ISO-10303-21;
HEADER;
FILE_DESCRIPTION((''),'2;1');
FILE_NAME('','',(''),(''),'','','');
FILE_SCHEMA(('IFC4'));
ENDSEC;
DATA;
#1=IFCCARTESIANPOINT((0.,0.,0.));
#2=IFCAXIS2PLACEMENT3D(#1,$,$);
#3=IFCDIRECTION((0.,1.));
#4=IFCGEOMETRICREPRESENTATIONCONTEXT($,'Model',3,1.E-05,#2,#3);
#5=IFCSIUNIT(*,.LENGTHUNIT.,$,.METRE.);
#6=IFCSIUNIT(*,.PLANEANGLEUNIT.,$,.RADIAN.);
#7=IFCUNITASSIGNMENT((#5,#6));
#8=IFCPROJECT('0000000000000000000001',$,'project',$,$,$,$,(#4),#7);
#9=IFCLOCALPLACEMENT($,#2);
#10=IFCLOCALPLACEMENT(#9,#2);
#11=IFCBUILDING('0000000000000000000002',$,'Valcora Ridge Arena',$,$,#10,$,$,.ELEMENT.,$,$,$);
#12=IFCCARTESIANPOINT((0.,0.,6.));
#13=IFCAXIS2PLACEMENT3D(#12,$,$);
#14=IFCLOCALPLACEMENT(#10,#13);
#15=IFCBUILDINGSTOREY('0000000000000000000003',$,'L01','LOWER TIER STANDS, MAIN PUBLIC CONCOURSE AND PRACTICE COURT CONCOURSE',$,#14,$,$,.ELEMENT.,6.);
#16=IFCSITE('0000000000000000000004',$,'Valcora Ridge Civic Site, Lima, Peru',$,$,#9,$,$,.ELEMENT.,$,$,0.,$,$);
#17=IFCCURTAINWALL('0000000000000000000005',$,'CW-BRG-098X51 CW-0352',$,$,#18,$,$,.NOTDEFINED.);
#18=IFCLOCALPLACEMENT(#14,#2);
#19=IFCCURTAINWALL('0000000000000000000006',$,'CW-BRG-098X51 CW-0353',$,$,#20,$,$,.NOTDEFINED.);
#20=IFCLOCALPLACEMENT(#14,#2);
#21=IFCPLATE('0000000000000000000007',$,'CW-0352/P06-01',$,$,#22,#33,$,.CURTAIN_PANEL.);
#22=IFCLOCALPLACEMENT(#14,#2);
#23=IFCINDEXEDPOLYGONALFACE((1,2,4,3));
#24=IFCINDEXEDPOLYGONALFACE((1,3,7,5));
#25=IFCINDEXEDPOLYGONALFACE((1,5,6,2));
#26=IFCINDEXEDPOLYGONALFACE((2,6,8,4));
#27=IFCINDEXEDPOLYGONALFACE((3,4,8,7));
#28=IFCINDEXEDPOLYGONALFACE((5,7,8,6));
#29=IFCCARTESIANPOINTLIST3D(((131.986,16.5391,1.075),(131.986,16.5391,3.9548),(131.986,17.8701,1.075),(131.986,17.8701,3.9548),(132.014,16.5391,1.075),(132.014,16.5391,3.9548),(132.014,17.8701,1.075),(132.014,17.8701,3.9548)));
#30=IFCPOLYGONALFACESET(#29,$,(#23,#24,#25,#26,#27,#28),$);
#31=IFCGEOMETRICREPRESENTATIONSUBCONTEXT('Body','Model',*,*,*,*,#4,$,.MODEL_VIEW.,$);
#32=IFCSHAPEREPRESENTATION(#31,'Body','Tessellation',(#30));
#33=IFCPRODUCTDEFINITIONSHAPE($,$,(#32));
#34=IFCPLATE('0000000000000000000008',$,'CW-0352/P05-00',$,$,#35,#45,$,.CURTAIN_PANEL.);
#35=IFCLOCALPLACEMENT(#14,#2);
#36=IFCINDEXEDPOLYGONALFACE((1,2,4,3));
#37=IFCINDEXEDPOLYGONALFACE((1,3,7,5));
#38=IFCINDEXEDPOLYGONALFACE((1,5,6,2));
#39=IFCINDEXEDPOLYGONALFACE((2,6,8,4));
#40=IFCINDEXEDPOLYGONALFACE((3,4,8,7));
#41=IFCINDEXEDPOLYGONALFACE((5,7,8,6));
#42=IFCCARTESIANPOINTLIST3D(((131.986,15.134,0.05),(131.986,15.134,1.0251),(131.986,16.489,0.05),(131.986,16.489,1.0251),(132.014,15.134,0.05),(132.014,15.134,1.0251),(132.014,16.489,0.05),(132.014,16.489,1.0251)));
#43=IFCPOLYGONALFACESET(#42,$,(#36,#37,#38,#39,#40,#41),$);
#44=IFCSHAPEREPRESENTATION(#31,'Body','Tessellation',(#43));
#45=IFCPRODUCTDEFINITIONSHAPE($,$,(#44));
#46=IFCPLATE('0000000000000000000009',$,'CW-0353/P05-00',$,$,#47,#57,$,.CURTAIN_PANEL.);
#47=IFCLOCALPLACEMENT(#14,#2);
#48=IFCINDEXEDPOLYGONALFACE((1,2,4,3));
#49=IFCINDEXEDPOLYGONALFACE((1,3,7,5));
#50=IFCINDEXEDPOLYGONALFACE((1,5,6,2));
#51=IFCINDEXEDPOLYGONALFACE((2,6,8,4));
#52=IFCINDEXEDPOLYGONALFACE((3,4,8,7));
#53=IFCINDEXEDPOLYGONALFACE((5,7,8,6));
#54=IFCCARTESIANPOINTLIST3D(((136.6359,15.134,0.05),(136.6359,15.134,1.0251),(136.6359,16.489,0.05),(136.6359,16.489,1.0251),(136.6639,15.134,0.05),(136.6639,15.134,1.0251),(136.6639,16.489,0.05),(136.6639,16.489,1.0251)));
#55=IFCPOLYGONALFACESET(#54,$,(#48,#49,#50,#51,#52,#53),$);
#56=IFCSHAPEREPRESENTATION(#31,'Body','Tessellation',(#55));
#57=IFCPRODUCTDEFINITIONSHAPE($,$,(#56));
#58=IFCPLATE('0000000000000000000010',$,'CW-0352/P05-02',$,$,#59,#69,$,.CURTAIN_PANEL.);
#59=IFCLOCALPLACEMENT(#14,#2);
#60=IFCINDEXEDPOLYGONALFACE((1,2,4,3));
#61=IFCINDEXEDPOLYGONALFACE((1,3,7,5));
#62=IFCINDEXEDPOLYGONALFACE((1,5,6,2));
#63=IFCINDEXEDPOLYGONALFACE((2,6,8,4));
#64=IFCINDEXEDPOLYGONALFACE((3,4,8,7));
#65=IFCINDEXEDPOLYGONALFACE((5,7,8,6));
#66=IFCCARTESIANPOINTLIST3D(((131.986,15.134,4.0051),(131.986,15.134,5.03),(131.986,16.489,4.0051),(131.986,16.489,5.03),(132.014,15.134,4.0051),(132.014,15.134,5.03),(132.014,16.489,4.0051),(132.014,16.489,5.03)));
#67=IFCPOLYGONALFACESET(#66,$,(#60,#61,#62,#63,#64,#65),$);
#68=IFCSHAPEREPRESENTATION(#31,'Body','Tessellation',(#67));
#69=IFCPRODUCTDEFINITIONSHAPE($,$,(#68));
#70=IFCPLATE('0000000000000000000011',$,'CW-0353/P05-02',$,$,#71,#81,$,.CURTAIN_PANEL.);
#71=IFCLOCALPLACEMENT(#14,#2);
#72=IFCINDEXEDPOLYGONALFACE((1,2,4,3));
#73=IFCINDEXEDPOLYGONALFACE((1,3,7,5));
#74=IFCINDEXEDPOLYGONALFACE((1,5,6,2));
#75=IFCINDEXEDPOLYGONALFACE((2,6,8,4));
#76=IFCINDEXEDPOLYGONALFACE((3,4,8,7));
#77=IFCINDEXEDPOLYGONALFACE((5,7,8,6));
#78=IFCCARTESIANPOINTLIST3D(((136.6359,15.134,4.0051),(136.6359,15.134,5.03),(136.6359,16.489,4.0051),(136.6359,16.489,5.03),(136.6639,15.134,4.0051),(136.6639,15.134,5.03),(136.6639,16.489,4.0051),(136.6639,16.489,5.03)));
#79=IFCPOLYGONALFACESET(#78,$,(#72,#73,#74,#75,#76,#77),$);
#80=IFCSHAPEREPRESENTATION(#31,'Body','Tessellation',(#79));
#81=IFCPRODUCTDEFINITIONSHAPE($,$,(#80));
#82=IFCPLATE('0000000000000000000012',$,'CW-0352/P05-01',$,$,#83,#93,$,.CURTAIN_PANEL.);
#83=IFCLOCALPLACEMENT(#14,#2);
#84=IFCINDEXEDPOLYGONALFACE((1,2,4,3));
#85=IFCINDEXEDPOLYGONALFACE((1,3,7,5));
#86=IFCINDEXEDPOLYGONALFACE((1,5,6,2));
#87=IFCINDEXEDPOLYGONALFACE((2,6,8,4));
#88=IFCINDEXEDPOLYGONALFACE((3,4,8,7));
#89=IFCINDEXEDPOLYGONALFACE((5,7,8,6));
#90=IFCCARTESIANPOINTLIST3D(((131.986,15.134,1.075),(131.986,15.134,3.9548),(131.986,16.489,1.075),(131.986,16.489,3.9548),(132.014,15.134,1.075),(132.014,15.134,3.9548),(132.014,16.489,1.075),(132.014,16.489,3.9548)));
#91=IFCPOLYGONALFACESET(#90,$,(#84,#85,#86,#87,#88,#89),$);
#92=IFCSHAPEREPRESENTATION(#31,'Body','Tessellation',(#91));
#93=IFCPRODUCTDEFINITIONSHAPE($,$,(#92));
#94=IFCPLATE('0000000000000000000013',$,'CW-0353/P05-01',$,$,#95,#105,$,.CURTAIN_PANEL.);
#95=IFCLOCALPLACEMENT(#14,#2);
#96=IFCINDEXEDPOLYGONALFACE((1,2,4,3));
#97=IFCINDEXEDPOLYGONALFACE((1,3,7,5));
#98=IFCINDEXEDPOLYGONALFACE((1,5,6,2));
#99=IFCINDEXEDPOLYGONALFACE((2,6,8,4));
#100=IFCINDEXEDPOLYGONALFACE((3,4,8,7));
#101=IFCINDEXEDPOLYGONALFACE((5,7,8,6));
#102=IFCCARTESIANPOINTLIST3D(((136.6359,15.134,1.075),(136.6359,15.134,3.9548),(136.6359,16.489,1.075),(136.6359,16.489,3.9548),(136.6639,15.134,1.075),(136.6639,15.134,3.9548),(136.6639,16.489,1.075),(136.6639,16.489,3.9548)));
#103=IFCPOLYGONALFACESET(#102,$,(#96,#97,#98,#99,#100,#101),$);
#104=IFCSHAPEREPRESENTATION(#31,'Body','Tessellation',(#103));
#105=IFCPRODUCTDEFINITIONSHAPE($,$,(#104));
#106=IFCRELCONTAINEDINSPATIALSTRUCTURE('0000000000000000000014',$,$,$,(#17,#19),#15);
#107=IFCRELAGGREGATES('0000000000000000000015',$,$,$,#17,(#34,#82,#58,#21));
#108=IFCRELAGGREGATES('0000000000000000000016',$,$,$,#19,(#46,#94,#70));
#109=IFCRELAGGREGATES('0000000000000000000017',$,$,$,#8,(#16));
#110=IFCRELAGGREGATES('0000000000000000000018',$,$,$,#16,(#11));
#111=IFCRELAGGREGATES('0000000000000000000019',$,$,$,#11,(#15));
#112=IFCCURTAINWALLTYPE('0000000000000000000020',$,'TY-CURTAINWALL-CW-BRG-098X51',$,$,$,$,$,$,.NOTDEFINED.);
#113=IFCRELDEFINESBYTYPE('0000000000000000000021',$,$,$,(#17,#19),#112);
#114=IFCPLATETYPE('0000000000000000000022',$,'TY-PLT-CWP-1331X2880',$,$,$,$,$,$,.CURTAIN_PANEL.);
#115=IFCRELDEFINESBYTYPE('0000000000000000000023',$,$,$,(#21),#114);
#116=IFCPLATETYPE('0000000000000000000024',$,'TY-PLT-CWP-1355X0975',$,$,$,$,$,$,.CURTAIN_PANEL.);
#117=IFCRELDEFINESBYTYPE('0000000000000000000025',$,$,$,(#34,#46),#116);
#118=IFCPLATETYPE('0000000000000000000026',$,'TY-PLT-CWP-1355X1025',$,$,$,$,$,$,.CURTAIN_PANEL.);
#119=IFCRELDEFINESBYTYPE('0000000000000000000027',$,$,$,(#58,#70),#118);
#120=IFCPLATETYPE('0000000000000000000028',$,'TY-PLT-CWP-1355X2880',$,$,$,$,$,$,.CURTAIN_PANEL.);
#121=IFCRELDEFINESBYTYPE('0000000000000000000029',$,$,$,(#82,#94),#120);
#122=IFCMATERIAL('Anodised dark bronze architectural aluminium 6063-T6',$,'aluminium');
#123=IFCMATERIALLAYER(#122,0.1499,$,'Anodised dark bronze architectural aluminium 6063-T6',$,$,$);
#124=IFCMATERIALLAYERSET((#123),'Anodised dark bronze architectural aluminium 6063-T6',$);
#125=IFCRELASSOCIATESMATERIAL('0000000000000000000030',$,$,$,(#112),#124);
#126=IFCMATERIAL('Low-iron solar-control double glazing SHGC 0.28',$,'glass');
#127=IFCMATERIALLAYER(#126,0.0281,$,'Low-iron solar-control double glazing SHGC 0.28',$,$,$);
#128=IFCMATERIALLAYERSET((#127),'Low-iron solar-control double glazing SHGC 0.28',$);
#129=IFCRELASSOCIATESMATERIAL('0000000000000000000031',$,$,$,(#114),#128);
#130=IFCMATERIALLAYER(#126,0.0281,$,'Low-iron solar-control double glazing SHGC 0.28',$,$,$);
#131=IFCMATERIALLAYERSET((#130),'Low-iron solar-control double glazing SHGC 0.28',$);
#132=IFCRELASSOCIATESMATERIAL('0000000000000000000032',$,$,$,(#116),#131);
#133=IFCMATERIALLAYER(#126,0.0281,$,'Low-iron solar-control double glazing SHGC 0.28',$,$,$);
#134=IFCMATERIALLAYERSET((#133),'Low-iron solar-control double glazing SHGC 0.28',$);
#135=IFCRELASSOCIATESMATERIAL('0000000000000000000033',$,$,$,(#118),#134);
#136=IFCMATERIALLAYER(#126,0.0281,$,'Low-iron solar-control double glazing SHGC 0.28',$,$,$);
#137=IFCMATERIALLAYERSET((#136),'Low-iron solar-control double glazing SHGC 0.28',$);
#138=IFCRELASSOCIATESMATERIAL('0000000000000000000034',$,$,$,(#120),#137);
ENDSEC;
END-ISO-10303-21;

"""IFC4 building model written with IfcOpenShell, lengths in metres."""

from ifc_helpers import new_model, si_unit, direction, frame, origin, origin_2d, place, context, subcontext, project, spatial, rectangle, extrude, material, layer, layer_set, type_object, element, aggregate, save


model = new_model("IFC4")

# Units and contexts
model_context = context("Model", 3, precision=1e-05, world=origin(), true_north=direction((0.0, 1.0)))
body_context = subcontext(model_context, "Body", "Model", "MODEL_VIEW")
ifc_project = project(units=[si_unit("LENGTHUNIT", "METRE"), si_unit("PLANEANGLEUNIT", "RADIAN")], contexts=[model_context])

# Site, building, storey
site_placement = place(None, origin())
site = spatial("IfcSite", under=ifc_project, at=site_placement, Name="Valcora Ridge Civic Site, Lima, Peru", CompositionType="ELEMENT", RefElevation=0.0)
building_placement = place(site_placement, origin())
building = spatial("IfcBuilding", under=site, at=building_placement, Name="Valcora Ridge Arena", CompositionType="ELEMENT")
storey_placement = place(building_placement, frame((0.0, 0.0, 6.0)))
storey = spatial("IfcBuildingStorey", under=building, at=storey_placement, Name="L01", Description="LOWER TIER STANDS, MAIN PUBLIC CONCOURSE AND PRACTICE COURT CONCOURSE", CompositionType="ELEMENT", Elevation=6.0)

# Curtain wall
ifc_material_1 = material(Name="Anodised dark bronze architectural aluminium 6063-T6", Category="aluminium")
ifc_layer_1 = layer(ifc_material_1, 0.1499, Name="Anodised dark bronze architectural aluminium 6063-T6")
ifc_layer_set_1 = layer_set([ifc_layer_1], Name="Anodised dark bronze architectural aluminium 6063-T6")
curtain_wall_type = type_object("IfcCurtainWallType", Name="TY-CURTAINWALL-CW-BRG-098X51", PredefinedType="NOTDEFINED", material=ifc_layer_set_1)
curtain_wall_1_placement = place(storey_placement, origin())
curtain_wall_1 = element("IfcCurtainWall", 1, at=curtain_wall_1_placement, inside=storey, type_object=curtain_wall_type, Name="CW-BRG-098X51 CW-0352", PredefinedType="NOTDEFINED")

# Curtain wall
curtain_wall_2_placement = place(storey_placement, origin())
curtain_wall_2 = element("IfcCurtainWall", 2, at=curtain_wall_2_placement, inside=storey, type_object=curtain_wall_type, Name="CW-BRG-098X51 CW-0353", PredefinedType="NOTDEFINED")

# Plates
ifc_material_2 = material(Name="Low-iron solar-control double glazing SHGC 0.28", Category="glass")
ifc_layer_2 = layer(ifc_material_2, 0.0281, Name="Low-iron solar-control double glazing SHGC 0.28")
ifc_layer_set_2 = layer_set([ifc_layer_2], Name="Low-iron solar-control double glazing SHGC 0.28")
plate_type_1 = type_object("IfcPlateType", Name="TY-PLT-CWP-1331X2880", PredefinedType="CURTAIN_PANEL", material=ifc_layer_set_2)
plate_1_placement = place(storey_placement, frame((132.0, 17.2046, 1.075), z_axis=(0.0, 0.0, 1.0), x_axis=(0.0, 1.0, 0.0)))
plate_1 = element("IfcPlate", 3, at=plate_1_placement, type_object=plate_type_1, Name="CW-0352/P06-01", PredefinedType="CURTAIN_PANEL", context=body_context, shape_type="SweptSolid", body=[
    extrude(rectangle(XDim=1.3311, YDim=0.0281, at=origin_2d()), origin(), (0.0, 0.0, 1.0), 2.8799),
])
ifc_layer_3 = layer(ifc_material_2, 0.0281, Name="Low-iron solar-control double glazing SHGC 0.28")
ifc_layer_set_3 = layer_set([ifc_layer_3], Name="Low-iron solar-control double glazing SHGC 0.28")
plate_type_2 = type_object("IfcPlateType", Name="TY-PLT-CWP-1355X0975", PredefinedType="CURTAIN_PANEL", material=ifc_layer_set_3)
plate_2_placement = place(storey_placement, frame((132.0, 15.8115, 0.05), z_axis=(0.0, 0.0, 1.0), x_axis=(0.0, 1.0, 0.0)))
plate_2 = element("IfcPlate", 4, at=plate_2_placement, type_object=plate_type_2, Name="CW-0352/P05-00", PredefinedType="CURTAIN_PANEL", context=body_context, shape_type="SweptSolid", body=[
    extrude(rectangle(XDim=1.355, YDim=0.0281, at=origin_2d()), origin(), (0.0, 0.0, 1.0), 0.9751),
])
plate_3_placement = place(storey_placement, frame((136.6499, 15.8115, 0.05), z_axis=(0.0, 0.0, 1.0), x_axis=(0.0, 1.0, 0.0)))
plate_3 = element("IfcPlate", 5, at=plate_3_placement, type_object=plate_type_2, Name="CW-0353/P05-00", PredefinedType="CURTAIN_PANEL", context=body_context, shape_type="SweptSolid", body=[
    extrude(rectangle(XDim=1.355, YDim=0.0281, at=origin_2d()), origin(), (0.0, 0.0, 1.0), 0.9751),
])
ifc_layer_4 = layer(ifc_material_2, 0.0281, Name="Low-iron solar-control double glazing SHGC 0.28")
ifc_layer_set_4 = layer_set([ifc_layer_4], Name="Low-iron solar-control double glazing SHGC 0.28")
plate_type_3 = type_object("IfcPlateType", Name="TY-PLT-CWP-1355X1025", PredefinedType="CURTAIN_PANEL", material=ifc_layer_set_4)
plate_4_placement = place(storey_placement, frame((132.0, 15.8115, 4.0051), z_axis=(0.0, 0.0, 1.0), x_axis=(0.0, 1.0, 0.0)))
plate_4 = element("IfcPlate", 6, at=plate_4_placement, type_object=plate_type_3, Name="CW-0352/P05-02", PredefinedType="CURTAIN_PANEL", context=body_context, shape_type="SweptSolid", body=[
    extrude(rectangle(XDim=1.355, YDim=0.0281, at=origin_2d()), origin(), (0.0, 0.0, 1.0), 1.0249),
])
plate_5_placement = place(storey_placement, frame((136.6499, 15.8115, 4.0051), z_axis=(0.0, 0.0, 1.0), x_axis=(0.0, 1.0, 0.0)))
plate_5 = element("IfcPlate", 7, at=plate_5_placement, type_object=plate_type_3, Name="CW-0353/P05-02", PredefinedType="CURTAIN_PANEL", context=body_context, shape_type="SweptSolid", body=[
    extrude(rectangle(XDim=1.355, YDim=0.0281, at=origin_2d()), origin(), (0.0, 0.0, 1.0), 1.0249),
])
ifc_layer_5 = layer(ifc_material_2, 0.0281, Name="Low-iron solar-control double glazing SHGC 0.28")
ifc_layer_set_5 = layer_set([ifc_layer_5], Name="Low-iron solar-control double glazing SHGC 0.28")
plate_type_4 = type_object("IfcPlateType", Name="TY-PLT-CWP-1355X2880", PredefinedType="CURTAIN_PANEL", material=ifc_layer_set_5)
plate_6_placement = place(storey_placement, frame((132.0, 15.8115, 1.075), z_axis=(0.0, 0.0, 1.0), x_axis=(0.0, 1.0, 0.0)))
plate_6 = element("IfcPlate", 8, at=plate_6_placement, type_object=plate_type_4, Name="CW-0352/P05-01", PredefinedType="CURTAIN_PANEL", context=body_context, shape_type="SweptSolid", body=[
    extrude(rectangle(XDim=1.355, YDim=0.0281, at=origin_2d()), origin(), (0.0, 0.0, 1.0), 2.8799),
])
aggregate(curtain_wall_1, [plate_2, plate_6, plate_4, plate_1])
plate_7_placement = place(storey_placement, frame((136.6499, 15.8115, 1.075), z_axis=(0.0, 0.0, 1.0), x_axis=(0.0, 1.0, 0.0)))
plate_7 = element("IfcPlate", 9, at=plate_7_placement, type_object=plate_type_4, Name="CW-0353/P05-01", PredefinedType="CURTAIN_PANEL", context=body_context, shape_type="SweptSolid", body=[
    extrude(rectangle(XDim=1.355, YDim=0.0281, at=origin_2d()), origin(), (0.0, 0.0, 1.0), 2.8799),
])
aggregate(curtain_wall_2, [plate_3, plate_7, plate_5])

save(model, "model.ifc")
